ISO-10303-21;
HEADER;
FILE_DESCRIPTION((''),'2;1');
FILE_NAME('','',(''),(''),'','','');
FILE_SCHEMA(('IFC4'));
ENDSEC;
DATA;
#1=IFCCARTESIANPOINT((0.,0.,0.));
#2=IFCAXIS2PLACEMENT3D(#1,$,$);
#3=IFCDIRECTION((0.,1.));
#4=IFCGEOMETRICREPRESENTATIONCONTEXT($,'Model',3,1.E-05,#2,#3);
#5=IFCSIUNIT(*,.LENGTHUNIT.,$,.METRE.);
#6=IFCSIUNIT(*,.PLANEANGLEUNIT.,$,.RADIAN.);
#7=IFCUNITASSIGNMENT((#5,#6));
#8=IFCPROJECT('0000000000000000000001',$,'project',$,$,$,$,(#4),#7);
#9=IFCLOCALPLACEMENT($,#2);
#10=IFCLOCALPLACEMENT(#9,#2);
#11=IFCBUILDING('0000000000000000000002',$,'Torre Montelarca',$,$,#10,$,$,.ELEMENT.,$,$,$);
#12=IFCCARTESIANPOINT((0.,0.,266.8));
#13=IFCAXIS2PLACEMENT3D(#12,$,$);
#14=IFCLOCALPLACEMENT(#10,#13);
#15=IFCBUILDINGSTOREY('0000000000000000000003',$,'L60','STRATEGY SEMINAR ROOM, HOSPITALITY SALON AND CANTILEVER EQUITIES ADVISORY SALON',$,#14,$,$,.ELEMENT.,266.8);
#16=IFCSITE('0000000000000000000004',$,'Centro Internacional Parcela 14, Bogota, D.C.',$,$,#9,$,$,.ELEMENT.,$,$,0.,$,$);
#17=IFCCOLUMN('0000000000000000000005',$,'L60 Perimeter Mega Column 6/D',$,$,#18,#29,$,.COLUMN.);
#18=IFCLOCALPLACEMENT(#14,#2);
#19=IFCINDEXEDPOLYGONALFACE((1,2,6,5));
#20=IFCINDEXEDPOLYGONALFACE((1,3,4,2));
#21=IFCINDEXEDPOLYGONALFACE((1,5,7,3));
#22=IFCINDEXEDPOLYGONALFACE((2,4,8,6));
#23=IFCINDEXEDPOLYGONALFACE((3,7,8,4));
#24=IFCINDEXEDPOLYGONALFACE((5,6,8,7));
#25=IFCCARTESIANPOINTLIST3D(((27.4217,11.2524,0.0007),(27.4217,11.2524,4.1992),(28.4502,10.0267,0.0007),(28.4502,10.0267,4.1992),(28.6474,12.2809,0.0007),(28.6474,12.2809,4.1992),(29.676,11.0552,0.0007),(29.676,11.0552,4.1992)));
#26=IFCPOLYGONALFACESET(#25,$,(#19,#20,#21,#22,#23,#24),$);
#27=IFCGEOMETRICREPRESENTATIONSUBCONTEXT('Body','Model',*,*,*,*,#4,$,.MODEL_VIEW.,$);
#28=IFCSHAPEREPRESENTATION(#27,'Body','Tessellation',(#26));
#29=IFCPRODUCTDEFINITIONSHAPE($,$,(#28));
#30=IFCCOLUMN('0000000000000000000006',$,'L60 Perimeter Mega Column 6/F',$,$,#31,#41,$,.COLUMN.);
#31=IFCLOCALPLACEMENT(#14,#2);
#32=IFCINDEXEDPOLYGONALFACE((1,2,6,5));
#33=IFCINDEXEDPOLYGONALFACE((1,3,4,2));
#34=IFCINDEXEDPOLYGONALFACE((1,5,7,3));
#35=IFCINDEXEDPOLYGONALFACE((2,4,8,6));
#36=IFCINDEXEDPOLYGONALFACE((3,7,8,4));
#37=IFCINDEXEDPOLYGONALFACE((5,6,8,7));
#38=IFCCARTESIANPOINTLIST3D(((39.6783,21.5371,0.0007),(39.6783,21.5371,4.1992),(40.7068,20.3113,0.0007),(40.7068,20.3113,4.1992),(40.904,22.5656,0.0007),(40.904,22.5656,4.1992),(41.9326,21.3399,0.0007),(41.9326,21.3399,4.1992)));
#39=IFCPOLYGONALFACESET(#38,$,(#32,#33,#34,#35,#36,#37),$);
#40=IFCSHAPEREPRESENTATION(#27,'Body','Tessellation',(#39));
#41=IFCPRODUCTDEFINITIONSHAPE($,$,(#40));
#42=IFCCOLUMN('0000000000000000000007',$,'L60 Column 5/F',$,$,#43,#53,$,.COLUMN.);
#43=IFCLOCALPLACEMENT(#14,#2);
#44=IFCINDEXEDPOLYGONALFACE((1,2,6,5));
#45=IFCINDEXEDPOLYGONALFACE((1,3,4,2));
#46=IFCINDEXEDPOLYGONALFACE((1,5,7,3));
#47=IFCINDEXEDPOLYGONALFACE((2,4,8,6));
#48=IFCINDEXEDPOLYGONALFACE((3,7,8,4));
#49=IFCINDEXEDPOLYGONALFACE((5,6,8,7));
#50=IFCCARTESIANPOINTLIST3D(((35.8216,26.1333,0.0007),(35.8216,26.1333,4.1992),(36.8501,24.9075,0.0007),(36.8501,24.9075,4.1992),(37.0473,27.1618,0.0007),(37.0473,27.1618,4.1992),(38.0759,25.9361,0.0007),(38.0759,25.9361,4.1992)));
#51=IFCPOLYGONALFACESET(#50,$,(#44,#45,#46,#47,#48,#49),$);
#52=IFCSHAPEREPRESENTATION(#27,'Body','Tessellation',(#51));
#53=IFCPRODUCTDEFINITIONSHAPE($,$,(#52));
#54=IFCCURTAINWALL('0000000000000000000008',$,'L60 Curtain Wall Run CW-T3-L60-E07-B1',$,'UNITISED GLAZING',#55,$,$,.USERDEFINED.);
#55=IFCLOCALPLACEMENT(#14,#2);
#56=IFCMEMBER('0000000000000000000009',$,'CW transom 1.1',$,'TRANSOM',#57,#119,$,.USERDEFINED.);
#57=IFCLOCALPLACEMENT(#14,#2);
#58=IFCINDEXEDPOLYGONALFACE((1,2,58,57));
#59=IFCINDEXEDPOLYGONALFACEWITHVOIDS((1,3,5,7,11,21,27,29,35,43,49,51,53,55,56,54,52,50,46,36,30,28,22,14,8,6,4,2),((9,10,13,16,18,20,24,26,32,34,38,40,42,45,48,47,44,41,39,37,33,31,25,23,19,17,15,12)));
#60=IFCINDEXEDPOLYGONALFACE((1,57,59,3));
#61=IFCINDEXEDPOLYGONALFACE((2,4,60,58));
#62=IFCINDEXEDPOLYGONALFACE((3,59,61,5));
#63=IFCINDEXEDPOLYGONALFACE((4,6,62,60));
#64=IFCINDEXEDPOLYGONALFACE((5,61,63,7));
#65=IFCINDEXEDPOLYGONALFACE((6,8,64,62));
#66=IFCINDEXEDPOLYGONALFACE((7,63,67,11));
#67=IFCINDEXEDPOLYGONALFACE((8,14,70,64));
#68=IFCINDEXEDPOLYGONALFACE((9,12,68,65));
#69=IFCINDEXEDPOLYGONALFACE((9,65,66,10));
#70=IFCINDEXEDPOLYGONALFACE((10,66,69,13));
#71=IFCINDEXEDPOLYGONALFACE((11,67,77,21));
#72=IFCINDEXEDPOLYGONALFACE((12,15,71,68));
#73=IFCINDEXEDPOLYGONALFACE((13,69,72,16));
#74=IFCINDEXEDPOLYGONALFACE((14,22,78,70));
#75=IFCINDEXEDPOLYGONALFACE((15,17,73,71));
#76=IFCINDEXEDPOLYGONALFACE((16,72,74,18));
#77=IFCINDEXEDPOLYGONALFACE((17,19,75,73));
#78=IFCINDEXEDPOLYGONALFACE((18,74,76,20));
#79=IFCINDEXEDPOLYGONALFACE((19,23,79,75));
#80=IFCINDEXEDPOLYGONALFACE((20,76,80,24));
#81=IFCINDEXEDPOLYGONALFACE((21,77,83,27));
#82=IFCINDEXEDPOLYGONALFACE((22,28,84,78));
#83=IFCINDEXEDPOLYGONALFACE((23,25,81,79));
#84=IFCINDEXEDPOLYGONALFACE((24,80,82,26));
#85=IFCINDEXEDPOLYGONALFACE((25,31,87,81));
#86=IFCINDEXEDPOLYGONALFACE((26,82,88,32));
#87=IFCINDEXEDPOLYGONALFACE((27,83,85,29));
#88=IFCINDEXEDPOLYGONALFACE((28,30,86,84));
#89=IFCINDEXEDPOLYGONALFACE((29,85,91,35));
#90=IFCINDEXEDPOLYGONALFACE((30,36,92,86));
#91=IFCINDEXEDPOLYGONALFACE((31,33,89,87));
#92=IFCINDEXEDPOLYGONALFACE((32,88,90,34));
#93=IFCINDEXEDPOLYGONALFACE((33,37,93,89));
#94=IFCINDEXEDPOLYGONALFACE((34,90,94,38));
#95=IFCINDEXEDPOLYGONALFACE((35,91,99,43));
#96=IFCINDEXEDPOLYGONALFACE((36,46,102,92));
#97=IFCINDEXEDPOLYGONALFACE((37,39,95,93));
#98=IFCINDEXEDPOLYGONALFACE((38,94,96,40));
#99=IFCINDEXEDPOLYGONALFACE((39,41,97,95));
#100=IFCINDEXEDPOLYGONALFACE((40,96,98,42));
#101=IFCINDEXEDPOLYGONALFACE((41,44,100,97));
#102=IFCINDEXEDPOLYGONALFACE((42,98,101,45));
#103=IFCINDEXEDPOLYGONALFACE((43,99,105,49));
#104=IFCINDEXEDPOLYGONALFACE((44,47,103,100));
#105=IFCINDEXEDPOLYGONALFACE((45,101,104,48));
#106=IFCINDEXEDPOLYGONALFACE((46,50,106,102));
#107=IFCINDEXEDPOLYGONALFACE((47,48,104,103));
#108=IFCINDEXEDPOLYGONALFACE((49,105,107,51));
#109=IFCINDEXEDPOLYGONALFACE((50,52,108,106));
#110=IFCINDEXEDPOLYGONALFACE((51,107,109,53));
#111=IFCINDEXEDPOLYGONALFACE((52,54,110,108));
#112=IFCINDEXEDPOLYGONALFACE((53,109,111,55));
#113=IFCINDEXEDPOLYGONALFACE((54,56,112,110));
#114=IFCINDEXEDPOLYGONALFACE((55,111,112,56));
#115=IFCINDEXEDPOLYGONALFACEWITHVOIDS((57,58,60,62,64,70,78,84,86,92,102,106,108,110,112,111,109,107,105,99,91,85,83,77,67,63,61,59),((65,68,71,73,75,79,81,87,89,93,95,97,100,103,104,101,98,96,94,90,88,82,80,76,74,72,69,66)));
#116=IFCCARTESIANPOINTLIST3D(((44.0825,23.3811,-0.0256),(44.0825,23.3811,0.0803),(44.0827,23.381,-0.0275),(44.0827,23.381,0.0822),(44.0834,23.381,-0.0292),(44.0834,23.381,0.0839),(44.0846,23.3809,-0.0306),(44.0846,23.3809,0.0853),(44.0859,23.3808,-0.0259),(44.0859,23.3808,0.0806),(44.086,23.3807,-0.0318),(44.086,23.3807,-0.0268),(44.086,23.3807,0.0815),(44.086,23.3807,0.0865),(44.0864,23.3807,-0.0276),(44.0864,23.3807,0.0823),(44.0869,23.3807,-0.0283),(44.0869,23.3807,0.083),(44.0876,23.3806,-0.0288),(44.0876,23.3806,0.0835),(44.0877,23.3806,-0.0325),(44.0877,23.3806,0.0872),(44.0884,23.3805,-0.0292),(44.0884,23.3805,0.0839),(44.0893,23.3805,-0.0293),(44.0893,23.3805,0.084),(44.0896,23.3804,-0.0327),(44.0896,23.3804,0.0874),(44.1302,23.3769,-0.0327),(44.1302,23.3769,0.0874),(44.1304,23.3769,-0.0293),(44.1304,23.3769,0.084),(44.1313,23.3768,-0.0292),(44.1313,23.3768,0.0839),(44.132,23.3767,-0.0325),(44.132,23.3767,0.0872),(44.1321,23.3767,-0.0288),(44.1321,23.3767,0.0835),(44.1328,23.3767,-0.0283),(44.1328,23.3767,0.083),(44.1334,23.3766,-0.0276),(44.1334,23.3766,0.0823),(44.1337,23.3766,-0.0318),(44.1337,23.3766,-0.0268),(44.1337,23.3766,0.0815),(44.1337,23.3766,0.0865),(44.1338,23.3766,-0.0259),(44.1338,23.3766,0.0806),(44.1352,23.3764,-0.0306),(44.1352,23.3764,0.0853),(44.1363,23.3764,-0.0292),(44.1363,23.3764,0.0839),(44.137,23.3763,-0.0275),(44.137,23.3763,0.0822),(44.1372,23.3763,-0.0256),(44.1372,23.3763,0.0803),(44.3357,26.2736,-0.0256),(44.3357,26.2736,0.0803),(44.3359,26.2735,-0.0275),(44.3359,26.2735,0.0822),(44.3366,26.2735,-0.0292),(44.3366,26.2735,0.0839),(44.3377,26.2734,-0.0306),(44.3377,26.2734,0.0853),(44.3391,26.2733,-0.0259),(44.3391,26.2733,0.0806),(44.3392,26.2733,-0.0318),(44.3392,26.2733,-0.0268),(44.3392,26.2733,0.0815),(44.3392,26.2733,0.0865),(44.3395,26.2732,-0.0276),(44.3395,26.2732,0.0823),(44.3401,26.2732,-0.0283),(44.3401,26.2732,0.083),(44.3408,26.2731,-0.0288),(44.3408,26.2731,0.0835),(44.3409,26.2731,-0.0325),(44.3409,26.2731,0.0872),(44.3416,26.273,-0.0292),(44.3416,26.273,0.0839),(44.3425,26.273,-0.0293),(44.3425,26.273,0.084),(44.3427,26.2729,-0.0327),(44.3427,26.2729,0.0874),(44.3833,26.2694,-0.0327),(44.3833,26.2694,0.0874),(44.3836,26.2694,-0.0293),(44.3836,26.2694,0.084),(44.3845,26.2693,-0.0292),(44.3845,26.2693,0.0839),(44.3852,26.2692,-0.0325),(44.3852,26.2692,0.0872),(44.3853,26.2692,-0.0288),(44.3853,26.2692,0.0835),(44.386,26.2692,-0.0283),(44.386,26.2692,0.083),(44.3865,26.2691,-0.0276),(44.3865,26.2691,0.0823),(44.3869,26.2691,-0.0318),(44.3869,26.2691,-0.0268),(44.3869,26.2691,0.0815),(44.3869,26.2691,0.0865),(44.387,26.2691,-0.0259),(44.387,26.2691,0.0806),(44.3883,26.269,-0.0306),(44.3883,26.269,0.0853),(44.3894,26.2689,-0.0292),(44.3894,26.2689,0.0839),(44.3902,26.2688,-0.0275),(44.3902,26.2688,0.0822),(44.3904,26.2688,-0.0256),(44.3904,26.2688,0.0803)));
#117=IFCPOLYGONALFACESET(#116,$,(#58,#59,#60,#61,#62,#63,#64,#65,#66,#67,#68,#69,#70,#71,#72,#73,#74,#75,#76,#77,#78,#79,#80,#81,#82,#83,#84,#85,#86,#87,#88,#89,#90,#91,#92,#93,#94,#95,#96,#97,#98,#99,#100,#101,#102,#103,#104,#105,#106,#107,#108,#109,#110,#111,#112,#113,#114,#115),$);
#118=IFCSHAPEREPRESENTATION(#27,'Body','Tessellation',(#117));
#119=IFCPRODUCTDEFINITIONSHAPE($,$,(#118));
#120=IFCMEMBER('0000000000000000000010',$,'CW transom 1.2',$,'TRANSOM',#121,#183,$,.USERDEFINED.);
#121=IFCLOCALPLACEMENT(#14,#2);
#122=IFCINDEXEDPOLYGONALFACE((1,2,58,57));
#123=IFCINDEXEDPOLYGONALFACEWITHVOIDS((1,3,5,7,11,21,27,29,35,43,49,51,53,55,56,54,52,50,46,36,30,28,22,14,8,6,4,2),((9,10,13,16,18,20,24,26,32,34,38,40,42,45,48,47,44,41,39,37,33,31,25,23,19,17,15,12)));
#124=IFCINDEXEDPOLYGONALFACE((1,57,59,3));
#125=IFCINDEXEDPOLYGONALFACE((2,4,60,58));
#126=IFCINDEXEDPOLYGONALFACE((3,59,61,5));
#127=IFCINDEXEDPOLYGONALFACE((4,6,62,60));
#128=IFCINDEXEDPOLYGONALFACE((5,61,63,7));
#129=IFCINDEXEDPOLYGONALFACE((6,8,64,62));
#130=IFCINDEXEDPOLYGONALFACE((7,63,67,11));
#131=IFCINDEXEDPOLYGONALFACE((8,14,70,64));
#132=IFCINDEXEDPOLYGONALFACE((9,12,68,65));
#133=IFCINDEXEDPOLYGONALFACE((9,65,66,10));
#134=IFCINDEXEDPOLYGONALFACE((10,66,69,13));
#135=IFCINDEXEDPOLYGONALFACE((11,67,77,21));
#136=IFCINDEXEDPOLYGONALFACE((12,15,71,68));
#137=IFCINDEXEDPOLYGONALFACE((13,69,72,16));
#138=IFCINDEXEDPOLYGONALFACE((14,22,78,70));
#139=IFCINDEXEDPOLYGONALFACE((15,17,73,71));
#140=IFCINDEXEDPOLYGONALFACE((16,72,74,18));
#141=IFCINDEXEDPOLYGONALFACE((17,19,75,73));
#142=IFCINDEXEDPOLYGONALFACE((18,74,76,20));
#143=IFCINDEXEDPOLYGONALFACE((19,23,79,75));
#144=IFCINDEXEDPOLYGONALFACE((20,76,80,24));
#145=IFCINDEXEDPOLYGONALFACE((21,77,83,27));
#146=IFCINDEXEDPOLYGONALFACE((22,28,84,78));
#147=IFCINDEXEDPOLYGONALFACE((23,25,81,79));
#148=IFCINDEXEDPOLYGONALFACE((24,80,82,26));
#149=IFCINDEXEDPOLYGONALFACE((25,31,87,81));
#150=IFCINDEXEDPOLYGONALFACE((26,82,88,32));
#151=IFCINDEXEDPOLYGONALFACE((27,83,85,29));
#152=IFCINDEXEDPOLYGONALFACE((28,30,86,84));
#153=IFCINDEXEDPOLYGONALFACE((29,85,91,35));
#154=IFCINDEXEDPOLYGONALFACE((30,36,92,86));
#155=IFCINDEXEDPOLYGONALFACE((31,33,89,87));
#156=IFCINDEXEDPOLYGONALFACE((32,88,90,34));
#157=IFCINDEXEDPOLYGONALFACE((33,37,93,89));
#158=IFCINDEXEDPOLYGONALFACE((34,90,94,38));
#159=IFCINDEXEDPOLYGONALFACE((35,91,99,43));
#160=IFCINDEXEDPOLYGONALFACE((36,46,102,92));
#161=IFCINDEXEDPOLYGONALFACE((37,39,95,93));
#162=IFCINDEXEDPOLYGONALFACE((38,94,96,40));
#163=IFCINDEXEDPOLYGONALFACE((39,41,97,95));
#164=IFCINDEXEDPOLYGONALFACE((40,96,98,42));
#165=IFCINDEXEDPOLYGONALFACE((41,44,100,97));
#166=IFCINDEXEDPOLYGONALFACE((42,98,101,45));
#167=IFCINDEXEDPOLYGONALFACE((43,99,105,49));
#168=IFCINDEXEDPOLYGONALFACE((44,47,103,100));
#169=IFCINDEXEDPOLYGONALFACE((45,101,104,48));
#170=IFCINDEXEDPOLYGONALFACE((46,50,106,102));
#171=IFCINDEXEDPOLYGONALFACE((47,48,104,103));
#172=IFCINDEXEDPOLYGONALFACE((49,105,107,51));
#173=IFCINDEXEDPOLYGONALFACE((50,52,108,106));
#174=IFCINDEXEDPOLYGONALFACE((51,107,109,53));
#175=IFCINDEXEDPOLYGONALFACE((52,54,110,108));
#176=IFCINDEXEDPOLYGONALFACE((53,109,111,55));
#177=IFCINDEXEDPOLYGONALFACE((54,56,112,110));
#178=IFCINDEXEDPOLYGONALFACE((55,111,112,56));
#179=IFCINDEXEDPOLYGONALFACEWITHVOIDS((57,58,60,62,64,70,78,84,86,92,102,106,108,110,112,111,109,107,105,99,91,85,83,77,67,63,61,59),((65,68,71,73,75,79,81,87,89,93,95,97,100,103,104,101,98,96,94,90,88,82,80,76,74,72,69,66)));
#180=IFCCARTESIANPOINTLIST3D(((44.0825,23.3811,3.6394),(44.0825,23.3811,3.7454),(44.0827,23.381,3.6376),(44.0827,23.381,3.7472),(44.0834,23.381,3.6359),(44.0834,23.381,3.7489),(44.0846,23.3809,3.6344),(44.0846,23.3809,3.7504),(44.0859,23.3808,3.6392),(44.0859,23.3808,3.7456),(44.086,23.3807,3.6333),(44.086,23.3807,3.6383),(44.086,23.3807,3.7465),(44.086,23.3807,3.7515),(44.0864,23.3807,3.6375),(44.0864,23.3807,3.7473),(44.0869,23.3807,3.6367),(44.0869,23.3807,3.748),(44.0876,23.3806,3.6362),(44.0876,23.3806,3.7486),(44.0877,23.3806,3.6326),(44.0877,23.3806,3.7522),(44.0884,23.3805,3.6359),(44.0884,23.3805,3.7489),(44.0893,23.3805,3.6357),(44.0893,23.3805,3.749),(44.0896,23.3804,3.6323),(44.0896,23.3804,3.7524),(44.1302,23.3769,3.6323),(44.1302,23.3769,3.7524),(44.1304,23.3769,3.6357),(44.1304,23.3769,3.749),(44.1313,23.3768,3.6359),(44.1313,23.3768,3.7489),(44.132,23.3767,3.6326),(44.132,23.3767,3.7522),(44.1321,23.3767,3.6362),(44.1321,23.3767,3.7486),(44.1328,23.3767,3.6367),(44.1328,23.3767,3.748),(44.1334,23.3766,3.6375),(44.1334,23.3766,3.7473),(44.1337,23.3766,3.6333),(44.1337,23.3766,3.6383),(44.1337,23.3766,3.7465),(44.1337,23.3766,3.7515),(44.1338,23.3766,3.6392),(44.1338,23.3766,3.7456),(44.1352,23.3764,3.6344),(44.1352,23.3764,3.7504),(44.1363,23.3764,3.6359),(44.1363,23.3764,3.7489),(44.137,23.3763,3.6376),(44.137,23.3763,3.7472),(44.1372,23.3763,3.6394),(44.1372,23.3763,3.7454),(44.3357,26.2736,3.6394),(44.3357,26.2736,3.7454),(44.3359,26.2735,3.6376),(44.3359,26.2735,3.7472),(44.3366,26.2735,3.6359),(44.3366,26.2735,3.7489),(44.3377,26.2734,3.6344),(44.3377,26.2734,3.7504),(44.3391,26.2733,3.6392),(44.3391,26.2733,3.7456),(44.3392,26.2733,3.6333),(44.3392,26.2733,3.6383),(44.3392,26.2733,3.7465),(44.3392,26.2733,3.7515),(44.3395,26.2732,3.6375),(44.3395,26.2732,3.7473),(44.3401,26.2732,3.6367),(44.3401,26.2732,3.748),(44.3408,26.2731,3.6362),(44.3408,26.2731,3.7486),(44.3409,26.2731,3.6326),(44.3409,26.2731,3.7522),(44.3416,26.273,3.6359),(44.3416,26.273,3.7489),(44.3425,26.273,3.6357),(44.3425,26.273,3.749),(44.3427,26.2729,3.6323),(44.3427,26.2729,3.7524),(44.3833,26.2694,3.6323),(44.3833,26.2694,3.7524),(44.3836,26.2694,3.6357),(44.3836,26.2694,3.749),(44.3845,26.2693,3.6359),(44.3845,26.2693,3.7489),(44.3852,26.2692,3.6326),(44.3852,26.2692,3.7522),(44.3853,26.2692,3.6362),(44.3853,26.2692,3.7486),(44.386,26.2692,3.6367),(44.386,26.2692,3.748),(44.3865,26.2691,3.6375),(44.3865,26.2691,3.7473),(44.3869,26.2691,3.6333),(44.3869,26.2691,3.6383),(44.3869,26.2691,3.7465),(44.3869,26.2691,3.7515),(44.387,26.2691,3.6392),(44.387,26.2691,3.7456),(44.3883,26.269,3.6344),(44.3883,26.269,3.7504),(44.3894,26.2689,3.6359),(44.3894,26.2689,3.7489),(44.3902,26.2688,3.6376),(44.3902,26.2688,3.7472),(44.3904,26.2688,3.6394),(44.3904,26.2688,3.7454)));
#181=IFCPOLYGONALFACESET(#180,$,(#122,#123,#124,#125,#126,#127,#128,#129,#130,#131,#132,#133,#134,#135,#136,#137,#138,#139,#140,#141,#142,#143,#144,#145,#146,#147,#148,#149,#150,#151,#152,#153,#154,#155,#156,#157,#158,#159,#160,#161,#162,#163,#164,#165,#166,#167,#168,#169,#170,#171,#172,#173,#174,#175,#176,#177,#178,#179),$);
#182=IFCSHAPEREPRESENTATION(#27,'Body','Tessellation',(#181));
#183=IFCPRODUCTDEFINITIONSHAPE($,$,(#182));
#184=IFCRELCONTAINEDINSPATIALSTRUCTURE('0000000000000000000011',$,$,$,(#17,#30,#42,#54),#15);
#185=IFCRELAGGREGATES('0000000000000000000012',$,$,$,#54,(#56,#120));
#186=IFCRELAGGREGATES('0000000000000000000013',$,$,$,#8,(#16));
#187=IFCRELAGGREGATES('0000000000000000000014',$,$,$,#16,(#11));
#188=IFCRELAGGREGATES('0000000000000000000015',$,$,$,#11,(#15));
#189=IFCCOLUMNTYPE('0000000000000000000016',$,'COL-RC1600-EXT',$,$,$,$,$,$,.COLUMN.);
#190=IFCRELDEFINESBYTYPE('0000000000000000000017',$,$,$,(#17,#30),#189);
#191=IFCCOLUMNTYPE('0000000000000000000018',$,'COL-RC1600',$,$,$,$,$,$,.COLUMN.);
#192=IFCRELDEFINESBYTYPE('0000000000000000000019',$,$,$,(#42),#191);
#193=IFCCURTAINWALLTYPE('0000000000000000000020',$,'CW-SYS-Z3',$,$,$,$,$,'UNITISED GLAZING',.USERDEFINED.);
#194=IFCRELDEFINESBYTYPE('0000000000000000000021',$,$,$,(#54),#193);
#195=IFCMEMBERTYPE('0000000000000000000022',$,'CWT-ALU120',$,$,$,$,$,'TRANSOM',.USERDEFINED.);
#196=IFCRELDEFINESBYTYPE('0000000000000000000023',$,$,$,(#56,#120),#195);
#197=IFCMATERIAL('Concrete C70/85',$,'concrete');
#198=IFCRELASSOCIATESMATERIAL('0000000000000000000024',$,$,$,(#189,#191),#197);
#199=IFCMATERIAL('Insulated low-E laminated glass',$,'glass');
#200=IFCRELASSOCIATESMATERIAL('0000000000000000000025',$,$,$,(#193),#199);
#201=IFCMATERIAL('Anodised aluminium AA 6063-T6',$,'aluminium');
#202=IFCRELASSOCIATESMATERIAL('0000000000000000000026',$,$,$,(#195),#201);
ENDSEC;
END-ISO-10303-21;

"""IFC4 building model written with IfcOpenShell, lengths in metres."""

from ifc_helpers import new_model, si_unit, direction, frame, origin, origin_2d, place, context, subcontext, project, spatial, rectangle, hollow_rectangle, extrude, source, transform, mapped, material, material_profile, profile_set, type_object, element, aggregate, save


model = new_model("IFC4")

# Units and contexts
model_context = context("Model", 3, precision=1e-05, world=origin(), true_north=direction((0.0, 1.0)))
body_context = subcontext(model_context, "Body", "Model", "MODEL_VIEW")
ifc_project = project(units=[si_unit("LENGTHUNIT", "METRE"), si_unit("PLANEANGLEUNIT", "RADIAN")], contexts=[model_context])

# Site, building, storey
site_placement = place(None, origin())
site = spatial("IfcSite", under=ifc_project, at=site_placement, Name="Centro Internacional Parcela 14, Bogota, D.C.", CompositionType="ELEMENT", RefElevation=0.0)
building_placement = place(site_placement, origin())
building = spatial("IfcBuilding", under=site, at=building_placement, Name="Torre Montelarca", CompositionType="ELEMENT")
storey_placement = place(building_placement, frame((0.0, 0.0, 266.8)))
storey = spatial("IfcBuildingStorey", under=building, at=storey_placement, Name="L60", Description="STRATEGY SEMINAR ROOM, HOSPITALITY SALON AND CANTILEVER EQUITIES ADVISORY SALON", CompositionType="ELEMENT", Elevation=266.8)

# Columns
ifc_material_1 = material(Name="Concrete C70/85", Category="concrete")
ifc_material_profile_1 = material_profile(ifc_material_1, rectangle(XDim=1.6001, YDim=1.6001, at=origin_2d()), Name="RC1600X1600", Category="concrete")
ifc_profile_set_1 = profile_set([ifc_material_profile_1], Name="Concrete C70/85")
column_type_1 = type_object("IfcColumnType", Name="COL-RC1600-EXT", PredefinedType="COLUMN", material=ifc_profile_set_1)
shared_shape_1 = source(origin(), body_context, "Body", "SweptSolid", [
    extrude(rectangle(XDim=1.6001, YDim=1.6001, at=origin_2d()), origin(), (0.0, 0.0, 1.0), 4.1985),
])
for number, where, z_axis, x_axis, name in (
    (1, (28.5488, 11.1538, 0.0007), (0.0, 0.0, 1.0), (-0.642788, 0.766044, 0.0), "L60 Perimeter Mega Column 6/D"),
    (2, (40.8054, 21.4385, 0.0007), (0.0, 0.0, 1.0), (-0.642788, 0.766044, 0.0), "L60 Perimeter Mega Column 6/F"),
):
    element("IfcColumn", number, at=place(storey_placement, frame(where, z_axis=z_axis, x_axis=x_axis)), inside=storey, type_object=column_type_1, Name=name, PredefinedType="COLUMN", context=body_context, shape_type="MappedRepresentation", body=[
        mapped(shared_shape_1, transform((0.0, 0.0, 0.0), scale=1.0)),
    ])
ifc_material_profile_2 = material_profile(ifc_material_1, rectangle(XDim=1.6001, YDim=1.6001, at=origin_2d()), Name="RC1600X1600", Category="concrete")
ifc_profile_set_2 = profile_set([ifc_material_profile_2], Name="Concrete C70/85")
column_type_2 = type_object("IfcColumnType", Name="COL-RC1600", PredefinedType="COLUMN", material=ifc_profile_set_2)
shared_shape_2 = source(origin(), body_context, "Body", "SweptSolid", [
    extrude(rectangle(XDim=1.6001, YDim=1.6001, at=origin_2d()), origin(), (0.0, 0.0, 1.0), 4.1985),
])
column_placement = place(storey_placement, frame((36.9487, 26.0347, 0.0007), z_axis=(0.0, 0.0, 1.0), x_axis=(-0.642788, 0.766044, 0.0)))
element("IfcColumn", 3, at=column_placement, inside=storey, type_object=column_type_2, Name="L60 Column 5/F", PredefinedType="COLUMN", context=body_context, shape_type="MappedRepresentation", body=[
    mapped(shared_shape_2, transform((0.0, 0.0, 0.0), scale=1.0)),
])

# Curtain wall, members
ifc_material_2 = material(Name="Insulated low-E laminated glass", Category="glass")
curtain_wall_type = type_object("IfcCurtainWallType", Name="CW-SYS-Z3", ElementType="UNITISED GLAZING", PredefinedType="USERDEFINED", material=ifc_material_2)
curtain_wall_1_placement = place(storey_placement, origin())
curtain_wall_1 = element("IfcCurtainWall", 4, at=curtain_wall_1_placement, inside=storey, type_object=curtain_wall_type, Name="L60 Curtain Wall Run CW-T3-L60-E07-B1", ObjectType="UNITISED GLAZING", PredefinedType="USERDEFINED")
ifc_material_3 = material(Name="Anodised aluminium AA 6063-T6", Category="aluminium")
ifc_material_profile_3 = material_profile(ifc_material_3, hollow_rectangle(XDim=0.0549, YDim=0.1201, WallThickness=0.0034, InnerFilletRadius=0.0034, OuterFilletRadius=0.0071, at=origin_2d()), Name="ALU55X120X3.5", Category="aluminium")
ifc_profile_set_3 = profile_set([ifc_material_profile_3], Name="Anodised aluminium AA 6063-T6")
member_type_1 = type_object("IfcMemberType", Name="CWT-ALU120", ElementType="TRANSOM", PredefinedType="USERDEFINED", material=ifc_profile_set_3)
shared_shape_3 = source(origin(), body_context, "Body", "SweptSolid", [
    extrude(hollow_rectangle(XDim=0.0549, YDim=0.1201, WallThickness=0.0034, InnerFilletRadius=0.0034, OuterFilletRadius=0.0071, at=origin_2d()), origin(), (0.0, 0.0, 1.0), 2.9036),
])
member_1_placement = place(storey_placement, frame((44.1099, 23.3787, 0.0273), z_axis=(0.087192, 0.996192, 0.0), x_axis=(-0.996192, 0.087192, 0.0)))
member_1 = element("IfcMember", 5, at=member_1_placement, type_object=member_type_1, Name="CW transom 1.1", ObjectType="TRANSOM", PredefinedType="USERDEFINED", context=body_context, shape_type="MappedRepresentation", body=[
    mapped(shared_shape_3, transform((0.0, 0.0, 0.0), scale=1.0)),
])
member_2_placement = place(storey_placement, frame((44.1099, 23.3787, 3.6924), z_axis=(0.087192, 0.996192, 0.0), x_axis=(-0.996192, 0.087192, 0.0)))
member_2 = element("IfcMember", 6, at=member_2_placement, type_object=member_type_1, Name="CW transom 1.2", ObjectType="TRANSOM", PredefinedType="USERDEFINED", context=body_context, shape_type="MappedRepresentation", body=[
    mapped(shared_shape_3, transform((0.0, 0.0, 0.0), scale=1.0)),
])

aggregate(curtain_wall_1, [member_1, member_2])

save(model, "model.ifc")
